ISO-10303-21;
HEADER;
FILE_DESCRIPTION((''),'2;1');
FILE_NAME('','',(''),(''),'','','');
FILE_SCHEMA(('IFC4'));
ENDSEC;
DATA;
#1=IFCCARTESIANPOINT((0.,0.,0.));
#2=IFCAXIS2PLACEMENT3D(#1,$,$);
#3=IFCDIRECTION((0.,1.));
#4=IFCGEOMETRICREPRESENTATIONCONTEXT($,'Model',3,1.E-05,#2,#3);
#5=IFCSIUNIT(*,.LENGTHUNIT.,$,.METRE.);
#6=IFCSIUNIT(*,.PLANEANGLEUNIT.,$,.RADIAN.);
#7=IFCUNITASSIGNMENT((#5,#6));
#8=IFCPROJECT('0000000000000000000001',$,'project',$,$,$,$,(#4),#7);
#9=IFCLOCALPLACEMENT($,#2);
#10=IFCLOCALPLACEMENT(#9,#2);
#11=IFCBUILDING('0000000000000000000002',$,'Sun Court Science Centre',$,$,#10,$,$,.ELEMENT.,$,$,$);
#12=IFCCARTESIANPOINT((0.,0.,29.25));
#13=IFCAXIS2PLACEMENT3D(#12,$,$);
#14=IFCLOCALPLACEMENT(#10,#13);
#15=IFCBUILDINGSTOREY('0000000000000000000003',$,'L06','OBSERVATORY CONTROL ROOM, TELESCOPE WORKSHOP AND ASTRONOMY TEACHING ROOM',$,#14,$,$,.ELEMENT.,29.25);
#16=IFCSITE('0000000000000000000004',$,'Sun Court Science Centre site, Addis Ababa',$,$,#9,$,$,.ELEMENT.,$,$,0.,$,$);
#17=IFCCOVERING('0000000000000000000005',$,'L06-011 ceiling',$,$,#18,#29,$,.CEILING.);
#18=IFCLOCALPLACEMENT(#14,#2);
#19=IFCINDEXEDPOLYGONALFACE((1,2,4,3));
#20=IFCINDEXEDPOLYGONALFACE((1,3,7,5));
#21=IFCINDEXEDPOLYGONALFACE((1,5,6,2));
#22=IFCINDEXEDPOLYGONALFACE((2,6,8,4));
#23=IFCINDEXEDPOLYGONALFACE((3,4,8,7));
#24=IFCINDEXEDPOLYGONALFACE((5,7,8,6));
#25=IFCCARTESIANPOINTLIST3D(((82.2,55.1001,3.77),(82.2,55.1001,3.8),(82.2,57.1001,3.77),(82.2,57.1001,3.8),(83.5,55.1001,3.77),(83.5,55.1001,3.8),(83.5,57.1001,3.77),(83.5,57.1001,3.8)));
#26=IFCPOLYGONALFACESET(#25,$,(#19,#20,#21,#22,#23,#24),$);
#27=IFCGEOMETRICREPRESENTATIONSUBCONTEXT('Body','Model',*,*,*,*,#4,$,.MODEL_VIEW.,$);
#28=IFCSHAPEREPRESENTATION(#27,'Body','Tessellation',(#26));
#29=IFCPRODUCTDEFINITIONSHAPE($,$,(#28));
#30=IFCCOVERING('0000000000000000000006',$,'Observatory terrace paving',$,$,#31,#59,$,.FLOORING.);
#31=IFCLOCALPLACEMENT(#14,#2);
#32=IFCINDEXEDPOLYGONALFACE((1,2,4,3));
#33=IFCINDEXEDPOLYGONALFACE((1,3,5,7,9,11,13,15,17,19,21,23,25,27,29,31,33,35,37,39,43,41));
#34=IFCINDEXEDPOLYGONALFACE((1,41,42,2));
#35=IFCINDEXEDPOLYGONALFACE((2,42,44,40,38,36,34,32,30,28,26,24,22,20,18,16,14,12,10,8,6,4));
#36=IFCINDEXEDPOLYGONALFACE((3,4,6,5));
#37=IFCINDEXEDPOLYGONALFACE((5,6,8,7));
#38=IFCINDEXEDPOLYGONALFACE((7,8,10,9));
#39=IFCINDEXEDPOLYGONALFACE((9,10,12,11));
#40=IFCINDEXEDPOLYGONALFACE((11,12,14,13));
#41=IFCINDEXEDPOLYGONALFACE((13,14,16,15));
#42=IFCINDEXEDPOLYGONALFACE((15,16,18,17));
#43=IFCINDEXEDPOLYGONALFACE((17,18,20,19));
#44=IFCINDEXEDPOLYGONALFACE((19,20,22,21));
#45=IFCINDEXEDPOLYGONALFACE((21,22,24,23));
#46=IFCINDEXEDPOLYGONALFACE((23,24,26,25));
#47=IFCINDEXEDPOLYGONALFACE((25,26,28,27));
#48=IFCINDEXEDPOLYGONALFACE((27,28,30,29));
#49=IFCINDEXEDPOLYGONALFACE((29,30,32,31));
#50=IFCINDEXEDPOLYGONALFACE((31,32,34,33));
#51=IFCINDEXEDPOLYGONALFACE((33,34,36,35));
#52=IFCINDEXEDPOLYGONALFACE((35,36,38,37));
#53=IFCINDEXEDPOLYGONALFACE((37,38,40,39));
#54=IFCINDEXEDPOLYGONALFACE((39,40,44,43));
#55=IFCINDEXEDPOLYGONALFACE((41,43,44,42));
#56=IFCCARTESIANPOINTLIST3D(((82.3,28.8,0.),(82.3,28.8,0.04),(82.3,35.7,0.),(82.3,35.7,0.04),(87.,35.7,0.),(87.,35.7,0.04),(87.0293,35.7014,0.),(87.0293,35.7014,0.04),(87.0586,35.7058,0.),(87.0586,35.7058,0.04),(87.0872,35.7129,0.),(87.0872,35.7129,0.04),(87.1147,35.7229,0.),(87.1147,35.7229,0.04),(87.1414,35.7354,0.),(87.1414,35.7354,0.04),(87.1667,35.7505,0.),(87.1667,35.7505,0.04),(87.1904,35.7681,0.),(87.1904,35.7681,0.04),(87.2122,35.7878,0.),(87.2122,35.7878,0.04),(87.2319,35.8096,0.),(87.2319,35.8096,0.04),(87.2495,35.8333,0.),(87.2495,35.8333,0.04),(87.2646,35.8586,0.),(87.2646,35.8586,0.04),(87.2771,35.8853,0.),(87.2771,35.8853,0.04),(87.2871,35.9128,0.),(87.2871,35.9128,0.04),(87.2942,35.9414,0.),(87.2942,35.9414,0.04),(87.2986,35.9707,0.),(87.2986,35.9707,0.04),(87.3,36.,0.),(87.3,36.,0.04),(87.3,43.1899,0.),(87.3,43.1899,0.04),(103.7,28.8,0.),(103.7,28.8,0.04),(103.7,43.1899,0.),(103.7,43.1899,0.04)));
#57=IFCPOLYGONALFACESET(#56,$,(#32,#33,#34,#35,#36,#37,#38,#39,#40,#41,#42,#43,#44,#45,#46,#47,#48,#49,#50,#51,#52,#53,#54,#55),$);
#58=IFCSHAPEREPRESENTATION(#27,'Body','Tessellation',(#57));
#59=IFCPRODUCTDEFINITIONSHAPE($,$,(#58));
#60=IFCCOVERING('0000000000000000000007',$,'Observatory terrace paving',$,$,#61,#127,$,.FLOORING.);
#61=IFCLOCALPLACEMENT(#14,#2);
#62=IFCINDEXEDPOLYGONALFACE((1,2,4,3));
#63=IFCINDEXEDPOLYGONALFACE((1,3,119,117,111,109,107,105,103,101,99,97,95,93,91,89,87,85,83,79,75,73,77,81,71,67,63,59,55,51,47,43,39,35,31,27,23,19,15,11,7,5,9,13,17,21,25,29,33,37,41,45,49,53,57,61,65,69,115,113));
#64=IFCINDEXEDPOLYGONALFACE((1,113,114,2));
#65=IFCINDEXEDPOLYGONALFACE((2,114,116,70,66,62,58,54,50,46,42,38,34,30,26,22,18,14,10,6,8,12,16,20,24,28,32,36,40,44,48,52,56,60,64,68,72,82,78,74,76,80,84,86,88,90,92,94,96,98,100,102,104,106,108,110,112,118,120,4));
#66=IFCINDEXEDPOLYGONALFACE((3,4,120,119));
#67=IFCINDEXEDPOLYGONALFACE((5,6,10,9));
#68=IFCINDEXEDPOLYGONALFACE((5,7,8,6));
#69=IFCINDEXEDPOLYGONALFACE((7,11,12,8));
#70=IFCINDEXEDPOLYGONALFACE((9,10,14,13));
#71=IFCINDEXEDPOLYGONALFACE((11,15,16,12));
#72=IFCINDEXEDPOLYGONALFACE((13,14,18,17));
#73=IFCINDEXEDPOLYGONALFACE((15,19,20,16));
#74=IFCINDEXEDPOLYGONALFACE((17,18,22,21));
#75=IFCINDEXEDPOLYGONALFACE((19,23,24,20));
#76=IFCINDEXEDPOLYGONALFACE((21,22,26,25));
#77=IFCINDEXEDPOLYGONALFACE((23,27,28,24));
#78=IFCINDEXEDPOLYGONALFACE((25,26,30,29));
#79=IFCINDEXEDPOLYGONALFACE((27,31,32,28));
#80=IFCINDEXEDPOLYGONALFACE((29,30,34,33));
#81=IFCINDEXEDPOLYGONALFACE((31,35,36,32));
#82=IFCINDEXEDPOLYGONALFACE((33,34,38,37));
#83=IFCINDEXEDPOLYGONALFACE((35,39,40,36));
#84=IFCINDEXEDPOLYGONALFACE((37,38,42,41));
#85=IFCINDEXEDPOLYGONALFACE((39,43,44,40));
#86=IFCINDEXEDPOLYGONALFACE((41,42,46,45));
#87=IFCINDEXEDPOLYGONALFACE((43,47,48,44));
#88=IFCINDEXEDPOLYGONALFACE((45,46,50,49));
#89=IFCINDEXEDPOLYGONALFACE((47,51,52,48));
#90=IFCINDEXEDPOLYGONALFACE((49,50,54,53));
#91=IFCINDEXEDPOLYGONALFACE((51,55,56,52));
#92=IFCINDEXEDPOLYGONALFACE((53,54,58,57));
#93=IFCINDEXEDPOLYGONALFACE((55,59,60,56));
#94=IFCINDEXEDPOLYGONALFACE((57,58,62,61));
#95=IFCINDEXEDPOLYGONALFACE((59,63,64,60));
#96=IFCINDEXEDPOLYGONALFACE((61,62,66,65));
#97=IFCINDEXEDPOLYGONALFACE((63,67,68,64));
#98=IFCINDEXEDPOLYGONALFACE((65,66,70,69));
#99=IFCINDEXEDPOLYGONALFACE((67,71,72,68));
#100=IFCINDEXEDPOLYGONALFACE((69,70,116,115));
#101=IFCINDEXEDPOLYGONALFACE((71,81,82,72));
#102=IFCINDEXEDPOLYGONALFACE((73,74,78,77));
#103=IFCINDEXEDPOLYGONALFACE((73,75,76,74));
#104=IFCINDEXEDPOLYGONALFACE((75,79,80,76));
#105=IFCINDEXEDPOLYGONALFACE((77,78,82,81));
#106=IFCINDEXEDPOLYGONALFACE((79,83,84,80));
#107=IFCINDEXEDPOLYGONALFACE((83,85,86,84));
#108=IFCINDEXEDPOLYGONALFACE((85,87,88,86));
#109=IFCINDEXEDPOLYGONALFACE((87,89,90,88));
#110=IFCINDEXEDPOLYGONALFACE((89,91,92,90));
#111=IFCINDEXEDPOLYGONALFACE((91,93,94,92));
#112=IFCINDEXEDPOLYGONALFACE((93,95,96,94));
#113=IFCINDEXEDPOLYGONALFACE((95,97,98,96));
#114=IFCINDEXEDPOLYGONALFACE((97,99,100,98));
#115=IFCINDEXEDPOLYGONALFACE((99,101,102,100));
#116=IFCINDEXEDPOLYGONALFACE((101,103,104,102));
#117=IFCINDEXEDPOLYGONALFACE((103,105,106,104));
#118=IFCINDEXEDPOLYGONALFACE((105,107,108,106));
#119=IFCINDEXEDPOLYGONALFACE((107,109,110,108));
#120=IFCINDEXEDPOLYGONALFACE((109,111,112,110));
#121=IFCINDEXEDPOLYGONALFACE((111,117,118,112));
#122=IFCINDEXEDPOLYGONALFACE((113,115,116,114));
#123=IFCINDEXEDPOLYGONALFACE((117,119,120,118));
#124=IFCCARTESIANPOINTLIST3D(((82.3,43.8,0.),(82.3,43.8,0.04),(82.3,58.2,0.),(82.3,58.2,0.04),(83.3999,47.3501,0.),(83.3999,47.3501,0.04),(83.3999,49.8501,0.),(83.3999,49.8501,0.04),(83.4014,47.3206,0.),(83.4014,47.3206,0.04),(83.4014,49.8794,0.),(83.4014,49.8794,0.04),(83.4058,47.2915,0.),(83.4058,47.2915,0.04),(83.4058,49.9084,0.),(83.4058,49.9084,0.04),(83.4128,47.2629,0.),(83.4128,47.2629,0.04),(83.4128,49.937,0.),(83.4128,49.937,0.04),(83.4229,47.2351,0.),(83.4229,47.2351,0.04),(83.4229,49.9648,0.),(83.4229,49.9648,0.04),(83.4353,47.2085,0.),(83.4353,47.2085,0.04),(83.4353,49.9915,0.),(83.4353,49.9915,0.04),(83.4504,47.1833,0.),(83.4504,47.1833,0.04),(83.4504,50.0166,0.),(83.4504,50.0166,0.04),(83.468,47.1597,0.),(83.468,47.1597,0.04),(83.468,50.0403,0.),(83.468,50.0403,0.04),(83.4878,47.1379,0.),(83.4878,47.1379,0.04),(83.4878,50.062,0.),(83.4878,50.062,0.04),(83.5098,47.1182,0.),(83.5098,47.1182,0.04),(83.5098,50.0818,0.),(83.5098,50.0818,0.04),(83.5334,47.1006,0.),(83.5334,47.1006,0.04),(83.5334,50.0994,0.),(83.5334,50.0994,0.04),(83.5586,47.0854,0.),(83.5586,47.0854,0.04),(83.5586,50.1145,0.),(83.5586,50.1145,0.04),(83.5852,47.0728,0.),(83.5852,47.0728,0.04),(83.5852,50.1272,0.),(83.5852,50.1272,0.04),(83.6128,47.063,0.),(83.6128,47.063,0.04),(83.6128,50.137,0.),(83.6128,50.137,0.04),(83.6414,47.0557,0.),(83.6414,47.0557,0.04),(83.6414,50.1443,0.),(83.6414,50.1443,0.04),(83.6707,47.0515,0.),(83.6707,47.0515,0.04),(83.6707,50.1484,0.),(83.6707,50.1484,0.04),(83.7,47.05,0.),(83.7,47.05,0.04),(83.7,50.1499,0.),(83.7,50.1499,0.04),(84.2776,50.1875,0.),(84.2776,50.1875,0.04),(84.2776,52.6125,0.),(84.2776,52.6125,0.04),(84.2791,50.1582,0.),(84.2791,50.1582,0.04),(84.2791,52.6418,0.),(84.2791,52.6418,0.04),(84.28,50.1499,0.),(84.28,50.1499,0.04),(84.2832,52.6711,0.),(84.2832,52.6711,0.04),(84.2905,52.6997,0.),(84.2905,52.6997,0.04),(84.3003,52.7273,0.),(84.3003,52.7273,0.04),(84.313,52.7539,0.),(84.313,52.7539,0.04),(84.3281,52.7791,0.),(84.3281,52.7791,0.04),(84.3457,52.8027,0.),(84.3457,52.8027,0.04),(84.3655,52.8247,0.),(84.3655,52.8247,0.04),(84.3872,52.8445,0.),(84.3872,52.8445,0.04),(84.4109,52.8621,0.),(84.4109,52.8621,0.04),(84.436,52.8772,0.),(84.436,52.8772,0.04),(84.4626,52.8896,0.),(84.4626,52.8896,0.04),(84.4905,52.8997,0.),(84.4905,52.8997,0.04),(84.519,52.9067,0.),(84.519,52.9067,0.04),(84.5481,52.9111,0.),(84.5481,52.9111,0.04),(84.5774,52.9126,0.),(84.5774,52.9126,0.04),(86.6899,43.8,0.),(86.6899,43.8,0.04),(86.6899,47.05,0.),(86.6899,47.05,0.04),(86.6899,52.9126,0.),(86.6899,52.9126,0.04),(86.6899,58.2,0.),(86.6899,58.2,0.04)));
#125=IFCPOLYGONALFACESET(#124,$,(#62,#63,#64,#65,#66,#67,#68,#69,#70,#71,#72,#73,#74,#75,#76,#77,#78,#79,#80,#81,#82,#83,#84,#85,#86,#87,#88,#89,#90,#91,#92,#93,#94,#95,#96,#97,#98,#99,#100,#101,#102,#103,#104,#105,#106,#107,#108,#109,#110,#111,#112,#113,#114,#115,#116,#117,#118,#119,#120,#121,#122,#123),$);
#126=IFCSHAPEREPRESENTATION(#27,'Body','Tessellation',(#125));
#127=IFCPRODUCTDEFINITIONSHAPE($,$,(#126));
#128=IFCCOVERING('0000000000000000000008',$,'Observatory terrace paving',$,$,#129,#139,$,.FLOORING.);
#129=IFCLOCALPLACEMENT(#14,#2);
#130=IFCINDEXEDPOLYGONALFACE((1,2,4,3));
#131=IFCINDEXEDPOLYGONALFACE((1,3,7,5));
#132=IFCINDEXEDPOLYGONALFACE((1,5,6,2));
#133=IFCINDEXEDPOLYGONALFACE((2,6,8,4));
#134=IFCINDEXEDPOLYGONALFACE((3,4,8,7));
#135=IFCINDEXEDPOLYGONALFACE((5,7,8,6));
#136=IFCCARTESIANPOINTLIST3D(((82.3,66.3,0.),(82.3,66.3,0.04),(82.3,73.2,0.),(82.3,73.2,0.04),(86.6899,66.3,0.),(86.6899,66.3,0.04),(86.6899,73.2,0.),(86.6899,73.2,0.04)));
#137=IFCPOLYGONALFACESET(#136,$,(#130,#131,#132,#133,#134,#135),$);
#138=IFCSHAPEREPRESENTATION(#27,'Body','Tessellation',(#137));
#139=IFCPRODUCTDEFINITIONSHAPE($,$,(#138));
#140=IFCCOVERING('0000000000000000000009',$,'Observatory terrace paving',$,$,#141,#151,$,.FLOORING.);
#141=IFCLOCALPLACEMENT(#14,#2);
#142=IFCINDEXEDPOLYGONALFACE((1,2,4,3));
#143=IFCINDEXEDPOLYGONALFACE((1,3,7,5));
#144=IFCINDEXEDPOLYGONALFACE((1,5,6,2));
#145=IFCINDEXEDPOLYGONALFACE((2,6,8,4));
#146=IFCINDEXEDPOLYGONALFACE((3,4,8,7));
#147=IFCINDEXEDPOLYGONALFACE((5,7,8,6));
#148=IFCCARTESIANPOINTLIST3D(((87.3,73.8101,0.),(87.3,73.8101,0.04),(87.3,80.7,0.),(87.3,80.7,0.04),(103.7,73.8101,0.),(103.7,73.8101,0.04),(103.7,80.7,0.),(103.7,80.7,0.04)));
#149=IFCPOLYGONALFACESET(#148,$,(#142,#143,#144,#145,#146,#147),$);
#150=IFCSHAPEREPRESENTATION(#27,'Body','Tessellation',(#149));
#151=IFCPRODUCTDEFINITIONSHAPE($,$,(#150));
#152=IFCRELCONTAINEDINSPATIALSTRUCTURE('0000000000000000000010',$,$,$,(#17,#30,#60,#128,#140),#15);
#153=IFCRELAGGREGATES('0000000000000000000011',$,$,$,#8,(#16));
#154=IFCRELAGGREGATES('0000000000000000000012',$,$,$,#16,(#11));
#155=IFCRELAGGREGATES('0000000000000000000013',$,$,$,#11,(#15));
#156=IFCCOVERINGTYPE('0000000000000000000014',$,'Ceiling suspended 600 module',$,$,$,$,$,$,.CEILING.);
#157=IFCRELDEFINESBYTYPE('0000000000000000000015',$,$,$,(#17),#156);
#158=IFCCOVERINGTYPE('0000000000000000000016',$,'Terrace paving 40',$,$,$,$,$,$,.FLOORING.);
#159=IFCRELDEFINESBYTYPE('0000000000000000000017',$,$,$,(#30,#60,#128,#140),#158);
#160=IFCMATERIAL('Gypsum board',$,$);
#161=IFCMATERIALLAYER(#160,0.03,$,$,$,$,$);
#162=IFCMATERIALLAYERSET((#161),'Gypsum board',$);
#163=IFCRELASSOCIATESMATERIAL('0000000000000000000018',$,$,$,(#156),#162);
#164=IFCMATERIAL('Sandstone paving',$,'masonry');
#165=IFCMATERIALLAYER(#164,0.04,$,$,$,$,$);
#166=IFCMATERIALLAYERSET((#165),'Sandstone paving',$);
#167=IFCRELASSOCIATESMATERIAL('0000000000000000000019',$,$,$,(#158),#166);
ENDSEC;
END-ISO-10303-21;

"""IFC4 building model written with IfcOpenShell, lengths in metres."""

from ifc_helpers import new_model, si_unit, direction, frame, origin, place, context, subcontext, project, spatial, polyline, outline, extrude, material, layer, layer_set, type_object, element, save


model = new_model("IFC4")

# Units and contexts
model_context = context("Model", 3, precision=1e-05, world=origin(), true_north=direction((0.0, 1.0)))
body_context = subcontext(model_context, "Body", "Model", "MODEL_VIEW")
ifc_project = project(units=[si_unit("LENGTHUNIT", "METRE"), si_unit("PLANEANGLEUNIT", "RADIAN")], contexts=[model_context])

# Site, building, storey
site_placement = place(None, origin())
site = spatial("IfcSite", under=ifc_project, at=site_placement, Name="Sun Court Science Centre site, Addis Ababa", CompositionType="ELEMENT", RefElevation=0.0)
building_placement = place(site_placement, origin())
building = spatial("IfcBuilding", under=site, at=building_placement, Name="Sun Court Science Centre", CompositionType="ELEMENT")
storey_placement = place(building_placement, frame((0.0, 0.0, 29.25)))
storey = spatial("IfcBuildingStorey", under=building, at=storey_placement, Name="L06", Description="OBSERVATORY CONTROL ROOM, TELESCOPE WORKSHOP AND ASTRONOMY TEACHING ROOM", CompositionType="ELEMENT", Elevation=29.25)

# Coverings
ifc_material_1 = material(Name="Gypsum board")
ifc_layer_1 = layer(ifc_material_1, 0.03)
ifc_layer_set_1 = layer_set([ifc_layer_1], Name="Gypsum board")
covering_type_1 = type_object("IfcCoveringType", Name="Ceiling suspended 600 module", PredefinedType="CEILING", material=ifc_layer_set_1)
covering_1_placement = place(storey_placement, frame((0.0, 0.0, 3.77)))
element("IfcCovering", 1, at=covering_1_placement, inside=storey, type_object=covering_type_1, Name="L06-011 ceiling", PredefinedType="CEILING", context=body_context, shape_type="SweptSolid", body=[
    extrude(outline(polyline([(83.5, 57.1001), (83.5, 55.1001), (82.2, 55.1001), (82.2, 57.1001), (83.5, 57.1001)])), origin(), (0.0, 0.0, 1.0), 0.03),
])
ifc_material_2 = material(Name="Sandstone paving", Category="masonry")
ifc_layer_2 = layer(ifc_material_2, 0.04)
ifc_layer_set_2 = layer_set([ifc_layer_2], Name="Sandstone paving")
covering_type_2 = type_object("IfcCoveringType", Name="Terrace paving 40", PredefinedType="FLOORING", material=ifc_layer_set_2)
covering_2_placement = place(storey_placement, origin())
element("IfcCovering", 2, at=covering_2_placement, inside=storey, type_object=covering_type_2, Name="Observatory terrace paving", PredefinedType="FLOORING", context=body_context, shape_type="SweptSolid", body=[
    extrude(outline(polyline([(82.3, 28.8), (82.3, 35.7), (87.0, 35.7), (87.0293, 35.7014), (87.0586, 35.7058), (87.0872, 35.7129), (87.1147, 35.7229), (87.1414, 35.7354), (87.1667, 35.7505), (87.1904, 35.7681), (87.2122, 35.7878), (87.2319, 35.8096), (87.2495, 35.8333), (87.2646, 35.8586), (87.2771, 35.8853), (87.2871, 35.9128), (87.2942, 35.9414), (87.2986, 35.9707), (87.3, 36.0), (87.3, 43.1899), (103.7, 43.1899), (103.7, 28.8), (82.3, 28.8)])), origin(), (0.0, 0.0, 1.0), 0.04),
])
covering_3_placement = place(storey_placement, origin())
element("IfcCovering", 3, at=covering_3_placement, inside=storey, type_object=covering_type_2, Name="Observatory terrace paving", PredefinedType="FLOORING", context=body_context, shape_type="SweptSolid", body=[
    extrude(outline(polyline([(82.3, 58.2), (86.6899, 58.2), (86.6899, 52.9126), (84.5774, 52.9126), (84.5481, 52.9111), (84.519, 52.9067), (84.4905, 52.8997), (84.4626, 52.8896), (84.436, 52.8772), (84.4109, 52.8621), (84.3872, 52.8445), (84.3655, 52.8247), (84.3457, 52.8027), (84.3281, 52.7791), (84.313, 52.7539), (84.3003, 52.7273), (84.2905, 52.6997), (84.2832, 52.6711), (84.2791, 52.6418), (84.2776, 52.6125), (84.2776, 50.1875), (84.2791, 50.1582), (84.28, 50.1499), (83.7, 50.1499), (83.6707, 50.1484), (83.6414, 50.1443), (83.6128, 50.137), (83.5852, 50.1272), (83.5586, 50.1145), (83.5334, 50.0994), (83.5098, 50.0818), (83.4878, 50.062), (83.468, 50.0403), (83.4504, 50.0166), (83.4353, 49.9915), (83.4229, 49.9648), (83.4128, 49.937), (83.4058, 49.9084), (83.4014, 49.8794), (83.3999, 49.8501), (83.3999, 47.3501), (83.4014, 47.3206), (83.4058, 47.2915), (83.4128, 47.2629), (83.4229, 47.2351), (83.4353, 47.2085), (83.4504, 47.1833), (83.468, 47.1597), (83.4878, 47.1379), (83.5098, 47.1182), (83.5334, 47.1006), (83.5586, 47.0854), (83.5852, 47.0728), (83.6128, 47.063), (83.6414, 47.0557), (83.6707, 47.0515), (83.7, 47.05), (86.6899, 47.05), (86.6899, 43.8), (82.3, 43.8), (82.3, 58.2)])), origin(), (0.0, 0.0, 1.0), 0.04),
])
covering_4_placement = place(storey_placement, origin())
element("IfcCovering", 4, at=covering_4_placement, inside=storey, type_object=covering_type_2, Name="Observatory terrace paving", PredefinedType="FLOORING", context=body_context, shape_type="SweptSolid", body=[
    extrude(outline(polyline([(82.3, 73.2), (86.6899, 73.2), (86.6899, 66.3), (82.3, 66.3), (82.3, 73.2)])), origin(), (0.0, 0.0, 1.0), 0.04),
])
covering_5_placement = place(storey_placement, origin())
element("IfcCovering", 5, at=covering_5_placement, inside=storey, type_object=covering_type_2, Name="Observatory terrace paving", PredefinedType="FLOORING", context=body_context, shape_type="SweptSolid", body=[
    extrude(outline(polyline([(103.7, 80.7), (103.7, 73.8101), (87.3, 73.8101), (87.3, 80.7), (103.7, 80.7)])), origin(), (0.0, 0.0, 1.0), 0.04),
])

save(model, "model.ifc")
